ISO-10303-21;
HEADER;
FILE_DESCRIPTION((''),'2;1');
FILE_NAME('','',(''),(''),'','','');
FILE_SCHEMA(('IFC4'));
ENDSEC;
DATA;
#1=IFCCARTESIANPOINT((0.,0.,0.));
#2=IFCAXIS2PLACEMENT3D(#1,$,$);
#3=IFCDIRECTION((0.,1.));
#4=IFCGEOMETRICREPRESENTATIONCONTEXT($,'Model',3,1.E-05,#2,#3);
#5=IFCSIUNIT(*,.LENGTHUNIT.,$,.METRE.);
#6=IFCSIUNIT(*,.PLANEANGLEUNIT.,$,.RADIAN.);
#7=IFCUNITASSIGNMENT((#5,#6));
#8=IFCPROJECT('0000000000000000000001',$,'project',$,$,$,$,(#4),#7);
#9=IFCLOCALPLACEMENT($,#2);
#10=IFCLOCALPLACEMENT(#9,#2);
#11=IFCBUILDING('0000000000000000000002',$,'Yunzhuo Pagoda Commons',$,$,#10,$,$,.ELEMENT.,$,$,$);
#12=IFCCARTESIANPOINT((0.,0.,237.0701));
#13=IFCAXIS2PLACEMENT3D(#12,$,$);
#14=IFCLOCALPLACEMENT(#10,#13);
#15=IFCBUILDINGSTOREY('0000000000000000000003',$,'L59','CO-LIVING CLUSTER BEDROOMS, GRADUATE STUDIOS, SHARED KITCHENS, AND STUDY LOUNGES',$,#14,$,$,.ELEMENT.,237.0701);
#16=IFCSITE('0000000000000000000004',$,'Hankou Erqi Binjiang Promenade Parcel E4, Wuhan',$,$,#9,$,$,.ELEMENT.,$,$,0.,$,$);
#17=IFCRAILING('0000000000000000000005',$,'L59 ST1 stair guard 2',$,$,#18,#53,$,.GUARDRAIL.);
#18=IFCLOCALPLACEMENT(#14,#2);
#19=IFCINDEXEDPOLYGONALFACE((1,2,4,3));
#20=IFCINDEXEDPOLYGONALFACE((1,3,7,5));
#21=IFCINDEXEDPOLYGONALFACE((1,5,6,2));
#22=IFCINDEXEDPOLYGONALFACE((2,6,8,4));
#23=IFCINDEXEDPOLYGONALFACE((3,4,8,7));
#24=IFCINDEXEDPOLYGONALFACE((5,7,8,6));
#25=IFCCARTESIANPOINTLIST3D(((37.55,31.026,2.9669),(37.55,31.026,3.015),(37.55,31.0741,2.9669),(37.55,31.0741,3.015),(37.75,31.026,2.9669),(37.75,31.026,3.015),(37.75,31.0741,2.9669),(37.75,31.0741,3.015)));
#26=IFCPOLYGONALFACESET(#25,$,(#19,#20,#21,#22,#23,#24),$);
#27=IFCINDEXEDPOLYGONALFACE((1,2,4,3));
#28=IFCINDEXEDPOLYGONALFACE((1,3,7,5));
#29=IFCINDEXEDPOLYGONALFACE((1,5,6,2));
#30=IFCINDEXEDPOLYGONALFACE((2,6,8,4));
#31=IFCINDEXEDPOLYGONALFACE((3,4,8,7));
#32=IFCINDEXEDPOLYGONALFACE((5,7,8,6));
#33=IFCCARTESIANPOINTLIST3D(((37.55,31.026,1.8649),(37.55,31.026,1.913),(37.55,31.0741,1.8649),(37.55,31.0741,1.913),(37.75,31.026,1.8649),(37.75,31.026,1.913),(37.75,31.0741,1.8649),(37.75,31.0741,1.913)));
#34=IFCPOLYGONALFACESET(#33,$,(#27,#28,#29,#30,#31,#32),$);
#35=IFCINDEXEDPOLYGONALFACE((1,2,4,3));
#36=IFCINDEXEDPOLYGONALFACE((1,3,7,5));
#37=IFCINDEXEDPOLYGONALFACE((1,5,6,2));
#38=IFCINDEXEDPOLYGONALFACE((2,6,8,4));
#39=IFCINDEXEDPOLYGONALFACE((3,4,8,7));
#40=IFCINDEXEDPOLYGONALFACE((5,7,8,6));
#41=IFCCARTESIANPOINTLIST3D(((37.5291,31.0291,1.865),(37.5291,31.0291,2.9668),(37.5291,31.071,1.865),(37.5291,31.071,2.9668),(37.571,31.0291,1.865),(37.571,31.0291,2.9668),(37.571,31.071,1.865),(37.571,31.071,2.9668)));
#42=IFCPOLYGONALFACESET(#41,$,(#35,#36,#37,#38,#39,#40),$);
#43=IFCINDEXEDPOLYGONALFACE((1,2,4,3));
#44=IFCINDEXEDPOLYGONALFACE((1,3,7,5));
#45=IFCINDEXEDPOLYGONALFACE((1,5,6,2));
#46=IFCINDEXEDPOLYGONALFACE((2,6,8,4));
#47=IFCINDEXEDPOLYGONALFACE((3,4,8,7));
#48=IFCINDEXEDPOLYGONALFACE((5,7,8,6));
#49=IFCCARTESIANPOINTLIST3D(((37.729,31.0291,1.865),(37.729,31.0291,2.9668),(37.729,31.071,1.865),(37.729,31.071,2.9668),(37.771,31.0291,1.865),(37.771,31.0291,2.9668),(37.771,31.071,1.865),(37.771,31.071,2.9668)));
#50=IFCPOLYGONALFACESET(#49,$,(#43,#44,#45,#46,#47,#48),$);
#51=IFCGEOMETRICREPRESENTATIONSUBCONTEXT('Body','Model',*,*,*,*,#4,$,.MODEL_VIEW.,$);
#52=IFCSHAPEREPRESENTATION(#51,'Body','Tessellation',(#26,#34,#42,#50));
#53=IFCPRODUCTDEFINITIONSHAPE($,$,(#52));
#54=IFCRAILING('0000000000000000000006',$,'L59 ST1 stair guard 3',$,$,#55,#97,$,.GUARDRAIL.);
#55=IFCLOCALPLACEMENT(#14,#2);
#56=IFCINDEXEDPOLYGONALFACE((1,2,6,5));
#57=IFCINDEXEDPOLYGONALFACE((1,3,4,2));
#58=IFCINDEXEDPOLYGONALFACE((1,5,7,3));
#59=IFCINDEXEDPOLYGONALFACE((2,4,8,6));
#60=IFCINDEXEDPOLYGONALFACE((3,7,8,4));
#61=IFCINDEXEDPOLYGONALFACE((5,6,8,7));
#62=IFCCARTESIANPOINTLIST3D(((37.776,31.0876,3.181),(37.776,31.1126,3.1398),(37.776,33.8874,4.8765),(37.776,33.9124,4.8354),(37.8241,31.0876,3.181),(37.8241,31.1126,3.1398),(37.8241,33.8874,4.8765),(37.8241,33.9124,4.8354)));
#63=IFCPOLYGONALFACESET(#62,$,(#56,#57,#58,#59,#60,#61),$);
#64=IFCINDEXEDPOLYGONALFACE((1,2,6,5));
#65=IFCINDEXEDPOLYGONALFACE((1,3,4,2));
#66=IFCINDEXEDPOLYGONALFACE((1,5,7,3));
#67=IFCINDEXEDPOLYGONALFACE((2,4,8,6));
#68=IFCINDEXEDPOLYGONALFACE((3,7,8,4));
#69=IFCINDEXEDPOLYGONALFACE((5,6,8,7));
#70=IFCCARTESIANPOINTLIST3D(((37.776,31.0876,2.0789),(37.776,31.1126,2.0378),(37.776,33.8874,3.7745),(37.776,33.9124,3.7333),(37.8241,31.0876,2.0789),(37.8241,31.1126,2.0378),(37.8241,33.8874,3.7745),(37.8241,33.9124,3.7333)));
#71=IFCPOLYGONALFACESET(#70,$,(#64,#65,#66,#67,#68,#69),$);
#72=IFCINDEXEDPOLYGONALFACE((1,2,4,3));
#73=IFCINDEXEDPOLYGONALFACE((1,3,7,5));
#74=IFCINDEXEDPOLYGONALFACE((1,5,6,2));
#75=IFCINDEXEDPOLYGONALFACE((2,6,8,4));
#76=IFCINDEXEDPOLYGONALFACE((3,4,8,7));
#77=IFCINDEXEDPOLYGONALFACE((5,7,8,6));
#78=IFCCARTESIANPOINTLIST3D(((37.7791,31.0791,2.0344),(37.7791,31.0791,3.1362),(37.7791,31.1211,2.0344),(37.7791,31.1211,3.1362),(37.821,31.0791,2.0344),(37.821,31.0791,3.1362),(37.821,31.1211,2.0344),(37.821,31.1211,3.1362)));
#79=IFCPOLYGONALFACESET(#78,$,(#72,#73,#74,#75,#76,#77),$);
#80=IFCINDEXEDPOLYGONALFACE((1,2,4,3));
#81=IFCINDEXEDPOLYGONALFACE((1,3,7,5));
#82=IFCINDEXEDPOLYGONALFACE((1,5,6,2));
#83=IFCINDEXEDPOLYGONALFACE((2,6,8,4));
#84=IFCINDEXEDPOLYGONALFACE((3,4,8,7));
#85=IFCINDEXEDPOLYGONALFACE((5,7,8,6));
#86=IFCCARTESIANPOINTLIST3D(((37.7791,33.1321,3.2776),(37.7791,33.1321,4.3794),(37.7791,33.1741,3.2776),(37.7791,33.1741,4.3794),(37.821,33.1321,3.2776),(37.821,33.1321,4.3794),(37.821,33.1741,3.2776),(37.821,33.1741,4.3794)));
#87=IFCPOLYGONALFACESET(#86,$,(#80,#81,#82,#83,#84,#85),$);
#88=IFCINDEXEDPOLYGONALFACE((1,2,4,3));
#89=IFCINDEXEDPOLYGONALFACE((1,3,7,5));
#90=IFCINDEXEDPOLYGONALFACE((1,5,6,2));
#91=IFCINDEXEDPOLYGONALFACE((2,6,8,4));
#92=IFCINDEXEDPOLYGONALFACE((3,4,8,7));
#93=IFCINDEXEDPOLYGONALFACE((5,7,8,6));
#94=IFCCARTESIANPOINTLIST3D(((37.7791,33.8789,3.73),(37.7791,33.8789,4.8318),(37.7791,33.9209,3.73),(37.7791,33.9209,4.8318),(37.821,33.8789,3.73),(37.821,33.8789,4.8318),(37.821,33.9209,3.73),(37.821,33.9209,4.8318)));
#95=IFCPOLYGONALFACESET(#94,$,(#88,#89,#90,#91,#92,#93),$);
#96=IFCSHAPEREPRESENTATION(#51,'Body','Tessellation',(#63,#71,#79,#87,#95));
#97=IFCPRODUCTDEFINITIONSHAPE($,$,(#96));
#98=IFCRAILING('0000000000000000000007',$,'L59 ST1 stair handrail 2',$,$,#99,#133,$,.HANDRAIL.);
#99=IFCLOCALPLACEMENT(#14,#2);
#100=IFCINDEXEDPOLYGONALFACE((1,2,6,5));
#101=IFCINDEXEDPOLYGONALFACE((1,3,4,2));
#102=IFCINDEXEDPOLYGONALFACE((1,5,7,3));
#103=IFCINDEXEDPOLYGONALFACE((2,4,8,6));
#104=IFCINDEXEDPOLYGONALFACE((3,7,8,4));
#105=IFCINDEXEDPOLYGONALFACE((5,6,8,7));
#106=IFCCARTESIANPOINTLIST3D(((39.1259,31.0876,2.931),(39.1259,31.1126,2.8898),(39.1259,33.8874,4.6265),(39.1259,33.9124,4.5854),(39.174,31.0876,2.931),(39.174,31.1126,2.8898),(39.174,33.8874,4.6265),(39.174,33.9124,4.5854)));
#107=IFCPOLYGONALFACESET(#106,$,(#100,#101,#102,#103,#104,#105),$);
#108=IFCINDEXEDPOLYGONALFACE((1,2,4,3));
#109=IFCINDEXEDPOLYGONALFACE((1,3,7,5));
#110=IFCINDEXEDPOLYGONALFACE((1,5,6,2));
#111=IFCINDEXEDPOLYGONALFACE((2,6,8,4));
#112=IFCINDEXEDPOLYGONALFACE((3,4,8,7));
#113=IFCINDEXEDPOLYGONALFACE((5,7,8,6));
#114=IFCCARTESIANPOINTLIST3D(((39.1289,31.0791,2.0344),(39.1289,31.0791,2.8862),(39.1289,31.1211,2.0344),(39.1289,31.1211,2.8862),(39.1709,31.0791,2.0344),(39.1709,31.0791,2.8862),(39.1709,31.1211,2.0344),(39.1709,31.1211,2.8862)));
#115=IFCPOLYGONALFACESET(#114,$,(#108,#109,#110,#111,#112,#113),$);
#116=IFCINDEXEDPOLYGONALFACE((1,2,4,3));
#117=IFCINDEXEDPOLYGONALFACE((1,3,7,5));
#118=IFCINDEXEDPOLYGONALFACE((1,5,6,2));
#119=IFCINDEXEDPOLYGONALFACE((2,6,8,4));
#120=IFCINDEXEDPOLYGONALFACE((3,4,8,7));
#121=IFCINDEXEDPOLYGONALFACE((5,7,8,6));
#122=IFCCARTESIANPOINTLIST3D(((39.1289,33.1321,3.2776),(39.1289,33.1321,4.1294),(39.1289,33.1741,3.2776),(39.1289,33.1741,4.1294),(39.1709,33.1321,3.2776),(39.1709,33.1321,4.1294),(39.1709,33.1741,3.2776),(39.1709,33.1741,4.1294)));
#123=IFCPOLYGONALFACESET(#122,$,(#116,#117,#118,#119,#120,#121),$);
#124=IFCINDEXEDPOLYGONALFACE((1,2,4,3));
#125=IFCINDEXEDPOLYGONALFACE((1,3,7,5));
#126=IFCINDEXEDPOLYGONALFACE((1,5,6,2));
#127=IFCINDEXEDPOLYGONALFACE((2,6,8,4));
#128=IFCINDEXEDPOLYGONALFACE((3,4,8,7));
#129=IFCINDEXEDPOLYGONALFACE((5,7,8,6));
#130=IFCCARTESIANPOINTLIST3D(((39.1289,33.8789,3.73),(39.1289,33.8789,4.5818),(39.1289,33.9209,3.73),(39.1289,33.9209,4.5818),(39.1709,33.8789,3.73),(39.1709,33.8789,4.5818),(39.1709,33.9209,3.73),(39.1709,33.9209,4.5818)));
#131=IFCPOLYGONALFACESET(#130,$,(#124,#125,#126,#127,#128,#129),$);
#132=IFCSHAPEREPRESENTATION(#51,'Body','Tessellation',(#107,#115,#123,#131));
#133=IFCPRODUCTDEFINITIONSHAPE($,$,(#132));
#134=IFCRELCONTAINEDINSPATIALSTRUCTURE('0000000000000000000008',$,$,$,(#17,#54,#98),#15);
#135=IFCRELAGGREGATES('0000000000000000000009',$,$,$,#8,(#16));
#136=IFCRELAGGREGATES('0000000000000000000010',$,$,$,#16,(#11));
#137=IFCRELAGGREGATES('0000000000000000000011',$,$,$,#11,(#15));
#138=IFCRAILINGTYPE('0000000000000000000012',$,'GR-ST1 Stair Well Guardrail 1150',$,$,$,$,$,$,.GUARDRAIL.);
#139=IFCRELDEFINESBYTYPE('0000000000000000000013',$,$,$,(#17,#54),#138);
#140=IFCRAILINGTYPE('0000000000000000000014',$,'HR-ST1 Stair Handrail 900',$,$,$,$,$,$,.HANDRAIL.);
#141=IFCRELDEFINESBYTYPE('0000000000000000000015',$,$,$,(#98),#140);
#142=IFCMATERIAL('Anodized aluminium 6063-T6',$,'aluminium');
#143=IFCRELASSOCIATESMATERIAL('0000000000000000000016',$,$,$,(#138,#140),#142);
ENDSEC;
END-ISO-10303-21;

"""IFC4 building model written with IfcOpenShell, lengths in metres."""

from ifc_helpers import new_model, si_unit, direction, frame, origin, origin_2d, place, context, subcontext, project, spatial, rectangle, extrude, material, type_object, element, save


model = new_model("IFC4")

# Units and contexts
model_context = context("Model", 3, precision=1e-05, world=origin(), true_north=direction((0.0, 1.0)))
body_context = subcontext(model_context, "Body", "Model", "MODEL_VIEW")
ifc_project = project(units=[si_unit("LENGTHUNIT", "METRE"), si_unit("PLANEANGLEUNIT", "RADIAN")], contexts=[model_context])

# Site, building, storey
site_placement = place(None, origin())
site = spatial("IfcSite", under=ifc_project, at=site_placement, Name="Hankou Erqi Binjiang Promenade Parcel E4, Wuhan", CompositionType="ELEMENT", RefElevation=0.0)
building_placement = place(site_placement, origin())
building = spatial("IfcBuilding", under=site, at=building_placement, Name="Yunzhuo Pagoda Commons", CompositionType="ELEMENT")
storey_placement = place(building_placement, frame((0.0, 0.0, 237.0701)))
storey = spatial("IfcBuildingStorey", under=building, at=storey_placement, Name="L59", Description="CO-LIVING CLUSTER BEDROOMS, GRADUATE STUDIOS, SHARED KITCHENS, AND STUDY LOUNGES", CompositionType="ELEMENT", Elevation=237.0701)

# Railings
ifc_material_1 = material(Name="Anodized aluminium 6063-T6", Category="aluminium")
railing_type_1 = type_object("IfcRailingType", Name="GR-ST1 Stair Well Guardrail 1150", PredefinedType="GUARDRAIL", material=ifc_material_1)
railing_1_placement = place(storey_placement, frame((37.55, 31.05, 1.865)))
element("IfcRailing", 1, at=railing_1_placement, inside=storey, type_object=railing_type_1, Name="L59 ST1 stair guard 2", PredefinedType="GUARDRAIL", context=body_context, shape_type="SweptSolid", body=[
    extrude(rectangle(XDim=0.0481, YDim=0.0481, at=origin_2d()), frame((0.0, 0.0, 1.126), z_axis=(1.0, 0.0, 0.0), x_axis=(0.0, 1.0, 0.0)), (0.0, 0.0, 1.0), 0.2),
    extrude(rectangle(XDim=0.0481, YDim=0.0481, at=origin_2d()), frame((0.0, 0.0, 0.0239), z_axis=(1.0, 0.0, 0.0), x_axis=(0.0, 1.0, 0.0)), (0.0, 0.0, 1.0), 0.2),
    extrude(rectangle(XDim=0.042, YDim=0.042, at=origin_2d()), origin(), (0.0, 0.0, 1.0), 1.1018),
    extrude(rectangle(XDim=0.042, YDim=0.042, at=origin_2d()), frame((0.2, 0.0, 0.0)), (0.0, 0.0, 1.0), 1.1018),
])
railing_2_placement = place(storey_placement, frame((37.8, 31.1001, 2.0344)))
element("IfcRailing", 2, at=railing_2_placement, inside=storey, type_object=railing_type_1, Name="L59 ST1 stair guard 3", PredefinedType="GUARDRAIL", context=body_context, shape_type="SweptSolid", body=[
    extrude(rectangle(XDim=0.0481, YDim=0.0481, at=origin_2d()), frame((0.0, 0.0, 1.126), z_axis=(0.0, 0.855373, 0.518012), x_axis=(-1.0, 0.0, 0.0)), (0.0, 0.0, 1.0), 3.2732),
    extrude(rectangle(XDim=0.0481, YDim=0.0481, at=origin_2d()), frame((0.0, 0.0, 0.0239), z_axis=(0.0, 0.855373, 0.518012), x_axis=(-1.0, 0.0, 0.0)), (0.0, 0.0, 1.0), 3.2732),
    extrude(rectangle(XDim=0.042, YDim=0.042, at=origin_2d()), origin(), (0.0, 0.0, 1.0), 1.1018),
    extrude(rectangle(XDim=0.042, YDim=0.042, at=origin_2d()), frame((0.0, 2.053, 1.2432)), (0.0, 0.0, 1.0), 1.1018),
    extrude(rectangle(XDim=0.042, YDim=0.042, at=origin_2d()), frame((0.0, 2.7998, 1.6956)), (0.0, 0.0, 1.0), 1.1018),
])
railing_type_2 = type_object("IfcRailingType", Name="HR-ST1 Stair Handrail 900", PredefinedType="HANDRAIL", material=ifc_material_1)
railing_3_placement = place(storey_placement, frame((39.1499, 31.1001, 2.0344)))
element("IfcRailing", 3, at=railing_3_placement, inside=storey, type_object=railing_type_2, Name="L59 ST1 stair handrail 2", PredefinedType="HANDRAIL", context=body_context, shape_type="SweptSolid", body=[
    extrude(rectangle(XDim=0.0481, YDim=0.0481, at=origin_2d()), frame((0.0, 0.0, 0.876), z_axis=(0.0, 0.855373, 0.518012), x_axis=(-1.0, 0.0, 0.0)), (0.0, 0.0, 1.0), 3.2732),
    extrude(rectangle(XDim=0.042, YDim=0.042, at=origin_2d()), origin(), (0.0, 0.0, 1.0), 0.8518),
    extrude(rectangle(XDim=0.042, YDim=0.042, at=origin_2d()), frame((0.0, 2.053, 1.2432)), (0.0, 0.0, 1.0), 0.8518),
    extrude(rectangle(XDim=0.042, YDim=0.042, at=origin_2d()), frame((0.0, 2.7998, 1.6956)), (0.0, 0.0, 1.0), 0.8518),
])

save(model, "model.ifc")
